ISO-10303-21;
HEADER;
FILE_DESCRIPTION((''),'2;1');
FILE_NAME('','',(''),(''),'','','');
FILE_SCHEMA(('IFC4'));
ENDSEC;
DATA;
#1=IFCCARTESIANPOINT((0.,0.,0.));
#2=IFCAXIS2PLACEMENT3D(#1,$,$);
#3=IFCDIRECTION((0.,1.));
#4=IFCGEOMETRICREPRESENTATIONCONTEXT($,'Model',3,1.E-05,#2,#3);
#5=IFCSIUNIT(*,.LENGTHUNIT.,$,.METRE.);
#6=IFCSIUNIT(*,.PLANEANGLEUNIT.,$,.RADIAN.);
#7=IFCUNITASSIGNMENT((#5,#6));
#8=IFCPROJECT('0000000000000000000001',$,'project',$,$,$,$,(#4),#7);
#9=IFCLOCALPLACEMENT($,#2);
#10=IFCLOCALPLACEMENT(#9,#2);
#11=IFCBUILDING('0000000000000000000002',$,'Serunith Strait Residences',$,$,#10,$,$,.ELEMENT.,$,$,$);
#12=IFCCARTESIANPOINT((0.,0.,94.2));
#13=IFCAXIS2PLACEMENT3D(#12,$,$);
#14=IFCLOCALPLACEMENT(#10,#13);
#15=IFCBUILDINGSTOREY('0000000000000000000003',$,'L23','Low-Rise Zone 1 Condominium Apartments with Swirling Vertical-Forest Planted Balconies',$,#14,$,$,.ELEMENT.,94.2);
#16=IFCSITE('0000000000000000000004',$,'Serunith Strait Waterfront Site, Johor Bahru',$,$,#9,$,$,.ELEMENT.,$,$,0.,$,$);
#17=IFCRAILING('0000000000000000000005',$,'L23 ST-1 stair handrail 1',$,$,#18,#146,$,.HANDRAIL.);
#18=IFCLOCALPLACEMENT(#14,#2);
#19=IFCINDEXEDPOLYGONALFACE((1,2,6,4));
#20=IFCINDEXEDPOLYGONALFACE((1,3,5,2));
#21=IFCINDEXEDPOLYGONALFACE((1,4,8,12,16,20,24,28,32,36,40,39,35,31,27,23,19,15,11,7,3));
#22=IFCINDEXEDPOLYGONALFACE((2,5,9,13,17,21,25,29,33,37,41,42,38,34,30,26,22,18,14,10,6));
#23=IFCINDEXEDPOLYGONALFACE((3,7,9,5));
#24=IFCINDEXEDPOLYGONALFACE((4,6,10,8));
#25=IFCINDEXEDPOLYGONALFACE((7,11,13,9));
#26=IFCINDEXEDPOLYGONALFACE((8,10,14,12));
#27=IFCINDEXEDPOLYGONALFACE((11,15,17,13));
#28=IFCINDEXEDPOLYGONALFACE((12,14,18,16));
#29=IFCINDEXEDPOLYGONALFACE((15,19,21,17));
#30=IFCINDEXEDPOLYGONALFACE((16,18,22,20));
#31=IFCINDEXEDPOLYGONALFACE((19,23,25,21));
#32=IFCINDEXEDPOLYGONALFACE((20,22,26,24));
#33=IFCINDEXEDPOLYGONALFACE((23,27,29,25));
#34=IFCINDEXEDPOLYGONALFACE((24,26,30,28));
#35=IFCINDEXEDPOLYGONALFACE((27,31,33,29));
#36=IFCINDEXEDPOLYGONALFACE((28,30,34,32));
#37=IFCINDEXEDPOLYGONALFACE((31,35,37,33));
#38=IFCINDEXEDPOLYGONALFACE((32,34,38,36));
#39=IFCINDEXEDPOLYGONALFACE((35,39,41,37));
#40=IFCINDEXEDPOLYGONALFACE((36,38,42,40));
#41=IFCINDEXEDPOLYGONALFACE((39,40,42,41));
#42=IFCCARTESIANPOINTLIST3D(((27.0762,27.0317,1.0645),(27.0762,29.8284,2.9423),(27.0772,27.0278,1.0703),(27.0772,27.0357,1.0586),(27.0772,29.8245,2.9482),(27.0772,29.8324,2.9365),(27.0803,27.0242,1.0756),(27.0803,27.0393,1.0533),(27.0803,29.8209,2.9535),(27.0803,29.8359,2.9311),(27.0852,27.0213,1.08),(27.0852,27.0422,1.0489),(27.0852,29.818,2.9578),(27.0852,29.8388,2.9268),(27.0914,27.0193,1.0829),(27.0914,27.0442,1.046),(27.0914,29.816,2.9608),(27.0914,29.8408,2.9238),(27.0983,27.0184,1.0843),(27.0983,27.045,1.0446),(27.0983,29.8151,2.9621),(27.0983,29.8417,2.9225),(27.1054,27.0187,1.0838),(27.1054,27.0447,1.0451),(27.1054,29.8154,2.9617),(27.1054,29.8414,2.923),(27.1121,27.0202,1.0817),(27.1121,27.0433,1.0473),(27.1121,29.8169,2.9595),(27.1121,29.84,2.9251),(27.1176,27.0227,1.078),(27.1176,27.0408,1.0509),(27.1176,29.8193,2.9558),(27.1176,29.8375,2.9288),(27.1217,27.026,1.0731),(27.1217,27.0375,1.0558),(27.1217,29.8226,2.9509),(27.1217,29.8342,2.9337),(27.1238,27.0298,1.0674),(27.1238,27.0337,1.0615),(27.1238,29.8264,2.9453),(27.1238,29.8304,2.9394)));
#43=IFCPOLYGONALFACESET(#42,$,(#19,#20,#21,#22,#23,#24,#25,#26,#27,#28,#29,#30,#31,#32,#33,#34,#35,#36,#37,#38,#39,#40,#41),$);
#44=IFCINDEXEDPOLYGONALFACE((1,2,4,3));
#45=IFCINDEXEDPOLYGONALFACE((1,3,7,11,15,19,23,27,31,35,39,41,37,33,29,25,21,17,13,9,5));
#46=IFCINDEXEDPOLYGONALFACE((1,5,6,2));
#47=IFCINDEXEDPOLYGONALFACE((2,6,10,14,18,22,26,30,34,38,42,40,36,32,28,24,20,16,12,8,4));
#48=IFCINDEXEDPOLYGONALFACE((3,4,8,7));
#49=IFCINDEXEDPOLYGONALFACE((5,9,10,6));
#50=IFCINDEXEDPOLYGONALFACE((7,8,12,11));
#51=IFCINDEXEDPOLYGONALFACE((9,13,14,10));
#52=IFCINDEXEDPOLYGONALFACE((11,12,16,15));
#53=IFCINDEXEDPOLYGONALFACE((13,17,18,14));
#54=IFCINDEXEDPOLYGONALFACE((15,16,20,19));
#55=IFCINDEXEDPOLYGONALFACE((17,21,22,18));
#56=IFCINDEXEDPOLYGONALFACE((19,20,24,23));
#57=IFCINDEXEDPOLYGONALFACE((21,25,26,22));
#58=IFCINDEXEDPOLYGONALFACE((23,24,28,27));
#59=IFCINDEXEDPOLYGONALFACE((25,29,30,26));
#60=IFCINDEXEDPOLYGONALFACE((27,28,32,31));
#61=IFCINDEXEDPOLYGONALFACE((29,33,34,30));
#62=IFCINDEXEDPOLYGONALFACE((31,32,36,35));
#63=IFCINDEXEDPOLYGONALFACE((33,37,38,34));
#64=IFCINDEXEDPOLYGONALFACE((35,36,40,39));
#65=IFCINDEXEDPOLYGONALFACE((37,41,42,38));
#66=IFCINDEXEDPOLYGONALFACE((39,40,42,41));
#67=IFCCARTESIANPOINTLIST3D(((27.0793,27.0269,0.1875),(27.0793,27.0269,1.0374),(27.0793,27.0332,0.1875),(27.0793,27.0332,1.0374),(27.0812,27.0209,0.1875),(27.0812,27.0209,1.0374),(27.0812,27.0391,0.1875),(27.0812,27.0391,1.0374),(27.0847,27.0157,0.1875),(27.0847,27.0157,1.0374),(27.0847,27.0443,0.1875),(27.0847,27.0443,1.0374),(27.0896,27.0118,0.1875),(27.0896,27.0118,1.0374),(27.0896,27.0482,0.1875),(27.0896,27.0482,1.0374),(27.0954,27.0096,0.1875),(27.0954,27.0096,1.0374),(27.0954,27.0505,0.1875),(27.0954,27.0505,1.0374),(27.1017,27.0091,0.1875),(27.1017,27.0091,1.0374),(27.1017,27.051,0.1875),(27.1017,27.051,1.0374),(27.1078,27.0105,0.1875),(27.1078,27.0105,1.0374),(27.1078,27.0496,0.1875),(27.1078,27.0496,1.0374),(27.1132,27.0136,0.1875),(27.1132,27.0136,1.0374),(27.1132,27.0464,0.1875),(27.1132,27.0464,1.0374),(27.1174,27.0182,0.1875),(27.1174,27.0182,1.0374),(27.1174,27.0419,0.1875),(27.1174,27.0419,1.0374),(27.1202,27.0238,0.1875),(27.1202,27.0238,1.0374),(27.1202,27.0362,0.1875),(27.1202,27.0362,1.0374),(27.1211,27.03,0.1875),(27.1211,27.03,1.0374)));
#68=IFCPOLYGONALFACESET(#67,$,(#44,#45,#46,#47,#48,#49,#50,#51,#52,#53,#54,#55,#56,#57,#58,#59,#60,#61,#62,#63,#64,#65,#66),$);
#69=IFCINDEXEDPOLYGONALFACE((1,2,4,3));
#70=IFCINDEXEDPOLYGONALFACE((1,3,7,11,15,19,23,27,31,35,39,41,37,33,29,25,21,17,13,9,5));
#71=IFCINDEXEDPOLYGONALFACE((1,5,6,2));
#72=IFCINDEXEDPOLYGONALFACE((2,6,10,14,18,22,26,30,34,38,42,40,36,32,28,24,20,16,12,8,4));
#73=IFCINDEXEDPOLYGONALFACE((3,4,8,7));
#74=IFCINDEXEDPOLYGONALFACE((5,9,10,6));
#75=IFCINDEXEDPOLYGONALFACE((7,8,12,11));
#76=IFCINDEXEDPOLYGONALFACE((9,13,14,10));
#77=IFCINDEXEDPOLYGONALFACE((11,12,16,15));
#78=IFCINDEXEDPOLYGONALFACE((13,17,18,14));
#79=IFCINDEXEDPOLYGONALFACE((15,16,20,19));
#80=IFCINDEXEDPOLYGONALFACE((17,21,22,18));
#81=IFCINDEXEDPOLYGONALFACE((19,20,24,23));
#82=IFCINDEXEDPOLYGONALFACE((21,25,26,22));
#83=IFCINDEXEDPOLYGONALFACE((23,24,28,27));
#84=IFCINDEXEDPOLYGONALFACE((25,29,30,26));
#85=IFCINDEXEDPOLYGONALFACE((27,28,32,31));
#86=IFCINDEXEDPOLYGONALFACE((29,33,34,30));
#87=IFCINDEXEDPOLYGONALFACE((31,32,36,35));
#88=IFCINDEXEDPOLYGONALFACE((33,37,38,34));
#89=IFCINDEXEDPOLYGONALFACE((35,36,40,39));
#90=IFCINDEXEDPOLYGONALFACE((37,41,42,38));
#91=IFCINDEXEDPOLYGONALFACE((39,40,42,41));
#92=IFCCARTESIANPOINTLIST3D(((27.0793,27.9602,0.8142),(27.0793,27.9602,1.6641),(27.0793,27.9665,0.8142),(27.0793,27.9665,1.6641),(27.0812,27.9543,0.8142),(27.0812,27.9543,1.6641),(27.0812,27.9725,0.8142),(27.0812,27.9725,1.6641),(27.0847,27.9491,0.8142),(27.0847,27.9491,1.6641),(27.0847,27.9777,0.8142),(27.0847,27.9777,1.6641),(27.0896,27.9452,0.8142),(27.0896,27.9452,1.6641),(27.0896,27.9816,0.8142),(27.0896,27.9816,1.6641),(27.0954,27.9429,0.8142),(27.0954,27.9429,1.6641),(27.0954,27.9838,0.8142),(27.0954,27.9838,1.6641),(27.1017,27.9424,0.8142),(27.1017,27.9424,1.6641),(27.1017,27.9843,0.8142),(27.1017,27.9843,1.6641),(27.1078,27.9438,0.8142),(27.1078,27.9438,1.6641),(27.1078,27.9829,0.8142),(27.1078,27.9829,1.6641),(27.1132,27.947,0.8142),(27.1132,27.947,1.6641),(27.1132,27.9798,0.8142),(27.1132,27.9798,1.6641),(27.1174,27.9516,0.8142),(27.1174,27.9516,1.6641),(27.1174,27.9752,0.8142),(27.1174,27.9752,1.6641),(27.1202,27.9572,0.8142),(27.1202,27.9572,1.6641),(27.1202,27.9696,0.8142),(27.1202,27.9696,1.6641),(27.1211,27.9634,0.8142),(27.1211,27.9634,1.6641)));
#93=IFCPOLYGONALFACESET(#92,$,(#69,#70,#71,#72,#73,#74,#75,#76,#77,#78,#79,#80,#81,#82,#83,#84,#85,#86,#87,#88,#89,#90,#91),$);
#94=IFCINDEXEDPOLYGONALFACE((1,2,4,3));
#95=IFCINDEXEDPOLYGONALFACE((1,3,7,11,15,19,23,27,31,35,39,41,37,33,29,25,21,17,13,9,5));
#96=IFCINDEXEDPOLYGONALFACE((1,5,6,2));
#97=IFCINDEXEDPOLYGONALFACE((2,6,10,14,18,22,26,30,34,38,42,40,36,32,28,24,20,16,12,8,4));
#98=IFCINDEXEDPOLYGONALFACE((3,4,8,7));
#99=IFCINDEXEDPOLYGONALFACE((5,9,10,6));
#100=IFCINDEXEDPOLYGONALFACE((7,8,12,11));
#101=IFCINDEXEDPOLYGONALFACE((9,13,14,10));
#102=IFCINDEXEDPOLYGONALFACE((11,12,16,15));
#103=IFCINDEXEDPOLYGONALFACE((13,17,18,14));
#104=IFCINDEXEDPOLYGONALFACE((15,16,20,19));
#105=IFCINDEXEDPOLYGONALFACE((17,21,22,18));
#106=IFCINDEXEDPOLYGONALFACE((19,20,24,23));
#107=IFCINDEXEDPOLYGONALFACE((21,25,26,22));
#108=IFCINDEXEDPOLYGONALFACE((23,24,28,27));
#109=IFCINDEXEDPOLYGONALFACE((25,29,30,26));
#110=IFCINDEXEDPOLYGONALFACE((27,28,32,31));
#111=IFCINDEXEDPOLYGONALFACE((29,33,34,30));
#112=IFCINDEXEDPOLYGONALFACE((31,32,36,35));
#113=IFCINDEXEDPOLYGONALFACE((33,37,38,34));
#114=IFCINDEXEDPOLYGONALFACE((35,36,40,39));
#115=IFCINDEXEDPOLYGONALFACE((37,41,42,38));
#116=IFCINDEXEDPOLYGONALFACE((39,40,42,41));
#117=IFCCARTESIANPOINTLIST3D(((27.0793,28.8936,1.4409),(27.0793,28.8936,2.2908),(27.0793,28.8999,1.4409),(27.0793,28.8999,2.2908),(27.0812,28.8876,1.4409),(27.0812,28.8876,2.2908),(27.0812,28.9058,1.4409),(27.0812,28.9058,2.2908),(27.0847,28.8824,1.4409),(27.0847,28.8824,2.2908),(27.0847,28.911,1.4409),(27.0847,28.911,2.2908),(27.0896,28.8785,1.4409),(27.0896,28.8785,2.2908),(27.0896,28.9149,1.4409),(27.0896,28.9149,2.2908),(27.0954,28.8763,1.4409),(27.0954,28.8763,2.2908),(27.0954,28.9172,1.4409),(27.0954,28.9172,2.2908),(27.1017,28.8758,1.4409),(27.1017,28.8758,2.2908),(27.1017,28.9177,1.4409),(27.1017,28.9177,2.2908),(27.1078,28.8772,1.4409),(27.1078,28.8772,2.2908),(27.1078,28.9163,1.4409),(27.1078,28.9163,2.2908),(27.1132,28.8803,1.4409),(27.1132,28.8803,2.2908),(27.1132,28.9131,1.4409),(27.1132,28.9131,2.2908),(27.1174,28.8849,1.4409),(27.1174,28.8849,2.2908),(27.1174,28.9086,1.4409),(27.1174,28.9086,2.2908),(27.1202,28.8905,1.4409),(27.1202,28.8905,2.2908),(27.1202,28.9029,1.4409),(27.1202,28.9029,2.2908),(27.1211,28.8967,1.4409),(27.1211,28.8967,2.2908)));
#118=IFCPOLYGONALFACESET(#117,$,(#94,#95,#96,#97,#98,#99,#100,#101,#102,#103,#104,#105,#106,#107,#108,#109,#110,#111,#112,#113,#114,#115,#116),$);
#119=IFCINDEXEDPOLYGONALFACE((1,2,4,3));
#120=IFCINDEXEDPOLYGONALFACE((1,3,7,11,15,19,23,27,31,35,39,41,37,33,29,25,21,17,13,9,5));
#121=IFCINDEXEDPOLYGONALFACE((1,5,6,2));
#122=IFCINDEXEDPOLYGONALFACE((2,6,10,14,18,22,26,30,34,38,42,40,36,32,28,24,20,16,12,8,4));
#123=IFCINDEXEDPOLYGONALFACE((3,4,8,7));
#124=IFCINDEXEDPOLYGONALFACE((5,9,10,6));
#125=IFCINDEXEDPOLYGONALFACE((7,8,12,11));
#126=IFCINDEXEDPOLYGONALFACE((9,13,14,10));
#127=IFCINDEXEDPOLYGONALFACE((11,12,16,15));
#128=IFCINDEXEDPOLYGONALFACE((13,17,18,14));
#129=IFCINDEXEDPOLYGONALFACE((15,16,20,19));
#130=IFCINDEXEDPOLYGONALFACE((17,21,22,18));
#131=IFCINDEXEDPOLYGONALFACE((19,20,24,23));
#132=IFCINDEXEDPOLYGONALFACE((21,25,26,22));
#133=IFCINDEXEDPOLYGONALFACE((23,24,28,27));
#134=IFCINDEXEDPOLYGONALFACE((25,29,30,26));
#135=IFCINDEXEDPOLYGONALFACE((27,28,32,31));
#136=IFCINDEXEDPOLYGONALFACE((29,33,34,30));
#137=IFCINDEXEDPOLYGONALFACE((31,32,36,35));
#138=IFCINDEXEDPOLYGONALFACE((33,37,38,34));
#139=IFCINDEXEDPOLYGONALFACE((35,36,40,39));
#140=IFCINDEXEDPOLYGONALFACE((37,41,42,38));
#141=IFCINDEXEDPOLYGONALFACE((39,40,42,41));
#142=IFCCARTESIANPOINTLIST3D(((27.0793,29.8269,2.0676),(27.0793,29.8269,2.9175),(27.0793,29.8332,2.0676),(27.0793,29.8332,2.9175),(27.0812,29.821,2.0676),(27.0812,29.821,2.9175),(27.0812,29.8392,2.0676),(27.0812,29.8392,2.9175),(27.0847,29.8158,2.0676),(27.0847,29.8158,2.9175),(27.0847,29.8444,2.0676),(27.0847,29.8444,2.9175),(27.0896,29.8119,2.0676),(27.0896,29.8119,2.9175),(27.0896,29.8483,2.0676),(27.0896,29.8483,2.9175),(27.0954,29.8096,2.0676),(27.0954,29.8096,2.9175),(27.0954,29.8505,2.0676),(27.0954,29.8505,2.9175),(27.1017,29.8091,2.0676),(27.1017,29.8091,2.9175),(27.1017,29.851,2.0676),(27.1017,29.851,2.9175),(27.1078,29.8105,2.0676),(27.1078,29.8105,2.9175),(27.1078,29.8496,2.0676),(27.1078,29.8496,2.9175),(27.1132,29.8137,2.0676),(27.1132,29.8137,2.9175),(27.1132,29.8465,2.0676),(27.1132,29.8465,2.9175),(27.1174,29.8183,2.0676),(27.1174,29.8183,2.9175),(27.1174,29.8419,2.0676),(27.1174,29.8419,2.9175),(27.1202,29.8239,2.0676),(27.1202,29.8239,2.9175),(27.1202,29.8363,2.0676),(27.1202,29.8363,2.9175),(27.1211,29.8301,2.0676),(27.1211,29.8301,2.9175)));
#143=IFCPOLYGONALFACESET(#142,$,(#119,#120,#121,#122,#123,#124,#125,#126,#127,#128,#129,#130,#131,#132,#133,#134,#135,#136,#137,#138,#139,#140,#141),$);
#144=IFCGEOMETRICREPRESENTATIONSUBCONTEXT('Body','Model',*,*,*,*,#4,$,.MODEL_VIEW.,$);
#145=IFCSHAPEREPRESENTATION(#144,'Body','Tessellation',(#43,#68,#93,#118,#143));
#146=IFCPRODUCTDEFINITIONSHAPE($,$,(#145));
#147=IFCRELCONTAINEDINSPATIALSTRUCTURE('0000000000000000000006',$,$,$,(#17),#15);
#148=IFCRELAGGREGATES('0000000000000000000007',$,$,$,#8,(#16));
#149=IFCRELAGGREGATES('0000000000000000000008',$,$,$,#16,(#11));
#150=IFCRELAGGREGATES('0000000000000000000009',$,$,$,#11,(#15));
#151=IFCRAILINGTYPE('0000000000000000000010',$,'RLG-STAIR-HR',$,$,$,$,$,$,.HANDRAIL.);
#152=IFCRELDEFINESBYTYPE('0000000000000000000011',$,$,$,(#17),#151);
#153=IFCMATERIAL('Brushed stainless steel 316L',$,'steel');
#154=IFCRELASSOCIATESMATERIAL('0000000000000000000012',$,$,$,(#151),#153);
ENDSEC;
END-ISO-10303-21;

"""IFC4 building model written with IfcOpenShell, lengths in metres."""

from ifc_helpers import new_model, si_unit, direction, frame, origin, origin_2d, place, context, subcontext, project, spatial, circle, extrude, material, type_object, element, save


model = new_model("IFC4")

# Units and contexts
model_context = context("Model", 3, precision=1e-05, world=origin(), true_north=direction((0.0, 1.0)))
body_context = subcontext(model_context, "Body", "Model", "MODEL_VIEW")
ifc_project = project(units=[si_unit("LENGTHUNIT", "METRE"), si_unit("PLANEANGLEUNIT", "RADIAN")], contexts=[model_context])

# Site, building, storey
site_placement = place(None, origin())
site = spatial("IfcSite", under=ifc_project, at=site_placement, Name="Serunith Strait Waterfront Site, Johor Bahru", CompositionType="ELEMENT", RefElevation=0.0)
building_placement = place(site_placement, origin())
building = spatial("IfcBuilding", under=site, at=building_placement, Name="Serunith Strait Residences", CompositionType="ELEMENT")
storey_placement = place(building_placement, frame((0.0, 0.0, 94.2)))
storey = spatial("IfcBuildingStorey", under=building, at=storey_placement, Name="L23", Description="Low-Rise Zone 1 Condominium Apartments with Swirling Vertical-Forest Planted Balconies", CompositionType="ELEMENT", Elevation=94.2)

# Railing
ifc_material_1 = material(Name="Brushed stainless steel 316L", Category="steel")
railing_type_1 = type_object("IfcRailingType", Name="RLG-STAIR-HR", PredefinedType="HANDRAIL", material=ifc_material_1)
railing_1_placement = place(storey_placement, frame((27.1001, 27.03, 0.1875)))
element("IfcRailing", 1, at=railing_1_placement, inside=storey, type_object=railing_type_1, Name="L23 ST-1 stair handrail 1", PredefinedType="HANDRAIL", context=body_context, shape_type="SweptSolid", body=[
    extrude(circle(Radius=0.0239, at=origin_2d()), frame((0.0, 0.0017, 0.877), z_axis=(0.0, 0.830208, 0.557453), x_axis=(-1.0, 0.0, 0.0)), (0.0, 0.0, 1.0), 3.3687),
    extrude(circle(Radius=0.021, at=origin_2d()), origin(), (0.0, 0.0, 1.0), 0.8499),
    extrude(circle(Radius=0.021, at=origin_2d()), frame((0.0, 0.9333, 0.6267)), (0.0, 0.0, 1.0), 0.8499),
    extrude(circle(Radius=0.021, at=origin_2d()), frame((0.0, 1.8667, 1.2534)), (0.0, 0.0, 1.0), 0.8499),
    extrude(circle(Radius=0.021, at=origin_2d()), frame((0.0, 2.8, 1.8801)), (0.0, 0.0, 1.0), 0.8499),
])

save(model, "model.ifc")
